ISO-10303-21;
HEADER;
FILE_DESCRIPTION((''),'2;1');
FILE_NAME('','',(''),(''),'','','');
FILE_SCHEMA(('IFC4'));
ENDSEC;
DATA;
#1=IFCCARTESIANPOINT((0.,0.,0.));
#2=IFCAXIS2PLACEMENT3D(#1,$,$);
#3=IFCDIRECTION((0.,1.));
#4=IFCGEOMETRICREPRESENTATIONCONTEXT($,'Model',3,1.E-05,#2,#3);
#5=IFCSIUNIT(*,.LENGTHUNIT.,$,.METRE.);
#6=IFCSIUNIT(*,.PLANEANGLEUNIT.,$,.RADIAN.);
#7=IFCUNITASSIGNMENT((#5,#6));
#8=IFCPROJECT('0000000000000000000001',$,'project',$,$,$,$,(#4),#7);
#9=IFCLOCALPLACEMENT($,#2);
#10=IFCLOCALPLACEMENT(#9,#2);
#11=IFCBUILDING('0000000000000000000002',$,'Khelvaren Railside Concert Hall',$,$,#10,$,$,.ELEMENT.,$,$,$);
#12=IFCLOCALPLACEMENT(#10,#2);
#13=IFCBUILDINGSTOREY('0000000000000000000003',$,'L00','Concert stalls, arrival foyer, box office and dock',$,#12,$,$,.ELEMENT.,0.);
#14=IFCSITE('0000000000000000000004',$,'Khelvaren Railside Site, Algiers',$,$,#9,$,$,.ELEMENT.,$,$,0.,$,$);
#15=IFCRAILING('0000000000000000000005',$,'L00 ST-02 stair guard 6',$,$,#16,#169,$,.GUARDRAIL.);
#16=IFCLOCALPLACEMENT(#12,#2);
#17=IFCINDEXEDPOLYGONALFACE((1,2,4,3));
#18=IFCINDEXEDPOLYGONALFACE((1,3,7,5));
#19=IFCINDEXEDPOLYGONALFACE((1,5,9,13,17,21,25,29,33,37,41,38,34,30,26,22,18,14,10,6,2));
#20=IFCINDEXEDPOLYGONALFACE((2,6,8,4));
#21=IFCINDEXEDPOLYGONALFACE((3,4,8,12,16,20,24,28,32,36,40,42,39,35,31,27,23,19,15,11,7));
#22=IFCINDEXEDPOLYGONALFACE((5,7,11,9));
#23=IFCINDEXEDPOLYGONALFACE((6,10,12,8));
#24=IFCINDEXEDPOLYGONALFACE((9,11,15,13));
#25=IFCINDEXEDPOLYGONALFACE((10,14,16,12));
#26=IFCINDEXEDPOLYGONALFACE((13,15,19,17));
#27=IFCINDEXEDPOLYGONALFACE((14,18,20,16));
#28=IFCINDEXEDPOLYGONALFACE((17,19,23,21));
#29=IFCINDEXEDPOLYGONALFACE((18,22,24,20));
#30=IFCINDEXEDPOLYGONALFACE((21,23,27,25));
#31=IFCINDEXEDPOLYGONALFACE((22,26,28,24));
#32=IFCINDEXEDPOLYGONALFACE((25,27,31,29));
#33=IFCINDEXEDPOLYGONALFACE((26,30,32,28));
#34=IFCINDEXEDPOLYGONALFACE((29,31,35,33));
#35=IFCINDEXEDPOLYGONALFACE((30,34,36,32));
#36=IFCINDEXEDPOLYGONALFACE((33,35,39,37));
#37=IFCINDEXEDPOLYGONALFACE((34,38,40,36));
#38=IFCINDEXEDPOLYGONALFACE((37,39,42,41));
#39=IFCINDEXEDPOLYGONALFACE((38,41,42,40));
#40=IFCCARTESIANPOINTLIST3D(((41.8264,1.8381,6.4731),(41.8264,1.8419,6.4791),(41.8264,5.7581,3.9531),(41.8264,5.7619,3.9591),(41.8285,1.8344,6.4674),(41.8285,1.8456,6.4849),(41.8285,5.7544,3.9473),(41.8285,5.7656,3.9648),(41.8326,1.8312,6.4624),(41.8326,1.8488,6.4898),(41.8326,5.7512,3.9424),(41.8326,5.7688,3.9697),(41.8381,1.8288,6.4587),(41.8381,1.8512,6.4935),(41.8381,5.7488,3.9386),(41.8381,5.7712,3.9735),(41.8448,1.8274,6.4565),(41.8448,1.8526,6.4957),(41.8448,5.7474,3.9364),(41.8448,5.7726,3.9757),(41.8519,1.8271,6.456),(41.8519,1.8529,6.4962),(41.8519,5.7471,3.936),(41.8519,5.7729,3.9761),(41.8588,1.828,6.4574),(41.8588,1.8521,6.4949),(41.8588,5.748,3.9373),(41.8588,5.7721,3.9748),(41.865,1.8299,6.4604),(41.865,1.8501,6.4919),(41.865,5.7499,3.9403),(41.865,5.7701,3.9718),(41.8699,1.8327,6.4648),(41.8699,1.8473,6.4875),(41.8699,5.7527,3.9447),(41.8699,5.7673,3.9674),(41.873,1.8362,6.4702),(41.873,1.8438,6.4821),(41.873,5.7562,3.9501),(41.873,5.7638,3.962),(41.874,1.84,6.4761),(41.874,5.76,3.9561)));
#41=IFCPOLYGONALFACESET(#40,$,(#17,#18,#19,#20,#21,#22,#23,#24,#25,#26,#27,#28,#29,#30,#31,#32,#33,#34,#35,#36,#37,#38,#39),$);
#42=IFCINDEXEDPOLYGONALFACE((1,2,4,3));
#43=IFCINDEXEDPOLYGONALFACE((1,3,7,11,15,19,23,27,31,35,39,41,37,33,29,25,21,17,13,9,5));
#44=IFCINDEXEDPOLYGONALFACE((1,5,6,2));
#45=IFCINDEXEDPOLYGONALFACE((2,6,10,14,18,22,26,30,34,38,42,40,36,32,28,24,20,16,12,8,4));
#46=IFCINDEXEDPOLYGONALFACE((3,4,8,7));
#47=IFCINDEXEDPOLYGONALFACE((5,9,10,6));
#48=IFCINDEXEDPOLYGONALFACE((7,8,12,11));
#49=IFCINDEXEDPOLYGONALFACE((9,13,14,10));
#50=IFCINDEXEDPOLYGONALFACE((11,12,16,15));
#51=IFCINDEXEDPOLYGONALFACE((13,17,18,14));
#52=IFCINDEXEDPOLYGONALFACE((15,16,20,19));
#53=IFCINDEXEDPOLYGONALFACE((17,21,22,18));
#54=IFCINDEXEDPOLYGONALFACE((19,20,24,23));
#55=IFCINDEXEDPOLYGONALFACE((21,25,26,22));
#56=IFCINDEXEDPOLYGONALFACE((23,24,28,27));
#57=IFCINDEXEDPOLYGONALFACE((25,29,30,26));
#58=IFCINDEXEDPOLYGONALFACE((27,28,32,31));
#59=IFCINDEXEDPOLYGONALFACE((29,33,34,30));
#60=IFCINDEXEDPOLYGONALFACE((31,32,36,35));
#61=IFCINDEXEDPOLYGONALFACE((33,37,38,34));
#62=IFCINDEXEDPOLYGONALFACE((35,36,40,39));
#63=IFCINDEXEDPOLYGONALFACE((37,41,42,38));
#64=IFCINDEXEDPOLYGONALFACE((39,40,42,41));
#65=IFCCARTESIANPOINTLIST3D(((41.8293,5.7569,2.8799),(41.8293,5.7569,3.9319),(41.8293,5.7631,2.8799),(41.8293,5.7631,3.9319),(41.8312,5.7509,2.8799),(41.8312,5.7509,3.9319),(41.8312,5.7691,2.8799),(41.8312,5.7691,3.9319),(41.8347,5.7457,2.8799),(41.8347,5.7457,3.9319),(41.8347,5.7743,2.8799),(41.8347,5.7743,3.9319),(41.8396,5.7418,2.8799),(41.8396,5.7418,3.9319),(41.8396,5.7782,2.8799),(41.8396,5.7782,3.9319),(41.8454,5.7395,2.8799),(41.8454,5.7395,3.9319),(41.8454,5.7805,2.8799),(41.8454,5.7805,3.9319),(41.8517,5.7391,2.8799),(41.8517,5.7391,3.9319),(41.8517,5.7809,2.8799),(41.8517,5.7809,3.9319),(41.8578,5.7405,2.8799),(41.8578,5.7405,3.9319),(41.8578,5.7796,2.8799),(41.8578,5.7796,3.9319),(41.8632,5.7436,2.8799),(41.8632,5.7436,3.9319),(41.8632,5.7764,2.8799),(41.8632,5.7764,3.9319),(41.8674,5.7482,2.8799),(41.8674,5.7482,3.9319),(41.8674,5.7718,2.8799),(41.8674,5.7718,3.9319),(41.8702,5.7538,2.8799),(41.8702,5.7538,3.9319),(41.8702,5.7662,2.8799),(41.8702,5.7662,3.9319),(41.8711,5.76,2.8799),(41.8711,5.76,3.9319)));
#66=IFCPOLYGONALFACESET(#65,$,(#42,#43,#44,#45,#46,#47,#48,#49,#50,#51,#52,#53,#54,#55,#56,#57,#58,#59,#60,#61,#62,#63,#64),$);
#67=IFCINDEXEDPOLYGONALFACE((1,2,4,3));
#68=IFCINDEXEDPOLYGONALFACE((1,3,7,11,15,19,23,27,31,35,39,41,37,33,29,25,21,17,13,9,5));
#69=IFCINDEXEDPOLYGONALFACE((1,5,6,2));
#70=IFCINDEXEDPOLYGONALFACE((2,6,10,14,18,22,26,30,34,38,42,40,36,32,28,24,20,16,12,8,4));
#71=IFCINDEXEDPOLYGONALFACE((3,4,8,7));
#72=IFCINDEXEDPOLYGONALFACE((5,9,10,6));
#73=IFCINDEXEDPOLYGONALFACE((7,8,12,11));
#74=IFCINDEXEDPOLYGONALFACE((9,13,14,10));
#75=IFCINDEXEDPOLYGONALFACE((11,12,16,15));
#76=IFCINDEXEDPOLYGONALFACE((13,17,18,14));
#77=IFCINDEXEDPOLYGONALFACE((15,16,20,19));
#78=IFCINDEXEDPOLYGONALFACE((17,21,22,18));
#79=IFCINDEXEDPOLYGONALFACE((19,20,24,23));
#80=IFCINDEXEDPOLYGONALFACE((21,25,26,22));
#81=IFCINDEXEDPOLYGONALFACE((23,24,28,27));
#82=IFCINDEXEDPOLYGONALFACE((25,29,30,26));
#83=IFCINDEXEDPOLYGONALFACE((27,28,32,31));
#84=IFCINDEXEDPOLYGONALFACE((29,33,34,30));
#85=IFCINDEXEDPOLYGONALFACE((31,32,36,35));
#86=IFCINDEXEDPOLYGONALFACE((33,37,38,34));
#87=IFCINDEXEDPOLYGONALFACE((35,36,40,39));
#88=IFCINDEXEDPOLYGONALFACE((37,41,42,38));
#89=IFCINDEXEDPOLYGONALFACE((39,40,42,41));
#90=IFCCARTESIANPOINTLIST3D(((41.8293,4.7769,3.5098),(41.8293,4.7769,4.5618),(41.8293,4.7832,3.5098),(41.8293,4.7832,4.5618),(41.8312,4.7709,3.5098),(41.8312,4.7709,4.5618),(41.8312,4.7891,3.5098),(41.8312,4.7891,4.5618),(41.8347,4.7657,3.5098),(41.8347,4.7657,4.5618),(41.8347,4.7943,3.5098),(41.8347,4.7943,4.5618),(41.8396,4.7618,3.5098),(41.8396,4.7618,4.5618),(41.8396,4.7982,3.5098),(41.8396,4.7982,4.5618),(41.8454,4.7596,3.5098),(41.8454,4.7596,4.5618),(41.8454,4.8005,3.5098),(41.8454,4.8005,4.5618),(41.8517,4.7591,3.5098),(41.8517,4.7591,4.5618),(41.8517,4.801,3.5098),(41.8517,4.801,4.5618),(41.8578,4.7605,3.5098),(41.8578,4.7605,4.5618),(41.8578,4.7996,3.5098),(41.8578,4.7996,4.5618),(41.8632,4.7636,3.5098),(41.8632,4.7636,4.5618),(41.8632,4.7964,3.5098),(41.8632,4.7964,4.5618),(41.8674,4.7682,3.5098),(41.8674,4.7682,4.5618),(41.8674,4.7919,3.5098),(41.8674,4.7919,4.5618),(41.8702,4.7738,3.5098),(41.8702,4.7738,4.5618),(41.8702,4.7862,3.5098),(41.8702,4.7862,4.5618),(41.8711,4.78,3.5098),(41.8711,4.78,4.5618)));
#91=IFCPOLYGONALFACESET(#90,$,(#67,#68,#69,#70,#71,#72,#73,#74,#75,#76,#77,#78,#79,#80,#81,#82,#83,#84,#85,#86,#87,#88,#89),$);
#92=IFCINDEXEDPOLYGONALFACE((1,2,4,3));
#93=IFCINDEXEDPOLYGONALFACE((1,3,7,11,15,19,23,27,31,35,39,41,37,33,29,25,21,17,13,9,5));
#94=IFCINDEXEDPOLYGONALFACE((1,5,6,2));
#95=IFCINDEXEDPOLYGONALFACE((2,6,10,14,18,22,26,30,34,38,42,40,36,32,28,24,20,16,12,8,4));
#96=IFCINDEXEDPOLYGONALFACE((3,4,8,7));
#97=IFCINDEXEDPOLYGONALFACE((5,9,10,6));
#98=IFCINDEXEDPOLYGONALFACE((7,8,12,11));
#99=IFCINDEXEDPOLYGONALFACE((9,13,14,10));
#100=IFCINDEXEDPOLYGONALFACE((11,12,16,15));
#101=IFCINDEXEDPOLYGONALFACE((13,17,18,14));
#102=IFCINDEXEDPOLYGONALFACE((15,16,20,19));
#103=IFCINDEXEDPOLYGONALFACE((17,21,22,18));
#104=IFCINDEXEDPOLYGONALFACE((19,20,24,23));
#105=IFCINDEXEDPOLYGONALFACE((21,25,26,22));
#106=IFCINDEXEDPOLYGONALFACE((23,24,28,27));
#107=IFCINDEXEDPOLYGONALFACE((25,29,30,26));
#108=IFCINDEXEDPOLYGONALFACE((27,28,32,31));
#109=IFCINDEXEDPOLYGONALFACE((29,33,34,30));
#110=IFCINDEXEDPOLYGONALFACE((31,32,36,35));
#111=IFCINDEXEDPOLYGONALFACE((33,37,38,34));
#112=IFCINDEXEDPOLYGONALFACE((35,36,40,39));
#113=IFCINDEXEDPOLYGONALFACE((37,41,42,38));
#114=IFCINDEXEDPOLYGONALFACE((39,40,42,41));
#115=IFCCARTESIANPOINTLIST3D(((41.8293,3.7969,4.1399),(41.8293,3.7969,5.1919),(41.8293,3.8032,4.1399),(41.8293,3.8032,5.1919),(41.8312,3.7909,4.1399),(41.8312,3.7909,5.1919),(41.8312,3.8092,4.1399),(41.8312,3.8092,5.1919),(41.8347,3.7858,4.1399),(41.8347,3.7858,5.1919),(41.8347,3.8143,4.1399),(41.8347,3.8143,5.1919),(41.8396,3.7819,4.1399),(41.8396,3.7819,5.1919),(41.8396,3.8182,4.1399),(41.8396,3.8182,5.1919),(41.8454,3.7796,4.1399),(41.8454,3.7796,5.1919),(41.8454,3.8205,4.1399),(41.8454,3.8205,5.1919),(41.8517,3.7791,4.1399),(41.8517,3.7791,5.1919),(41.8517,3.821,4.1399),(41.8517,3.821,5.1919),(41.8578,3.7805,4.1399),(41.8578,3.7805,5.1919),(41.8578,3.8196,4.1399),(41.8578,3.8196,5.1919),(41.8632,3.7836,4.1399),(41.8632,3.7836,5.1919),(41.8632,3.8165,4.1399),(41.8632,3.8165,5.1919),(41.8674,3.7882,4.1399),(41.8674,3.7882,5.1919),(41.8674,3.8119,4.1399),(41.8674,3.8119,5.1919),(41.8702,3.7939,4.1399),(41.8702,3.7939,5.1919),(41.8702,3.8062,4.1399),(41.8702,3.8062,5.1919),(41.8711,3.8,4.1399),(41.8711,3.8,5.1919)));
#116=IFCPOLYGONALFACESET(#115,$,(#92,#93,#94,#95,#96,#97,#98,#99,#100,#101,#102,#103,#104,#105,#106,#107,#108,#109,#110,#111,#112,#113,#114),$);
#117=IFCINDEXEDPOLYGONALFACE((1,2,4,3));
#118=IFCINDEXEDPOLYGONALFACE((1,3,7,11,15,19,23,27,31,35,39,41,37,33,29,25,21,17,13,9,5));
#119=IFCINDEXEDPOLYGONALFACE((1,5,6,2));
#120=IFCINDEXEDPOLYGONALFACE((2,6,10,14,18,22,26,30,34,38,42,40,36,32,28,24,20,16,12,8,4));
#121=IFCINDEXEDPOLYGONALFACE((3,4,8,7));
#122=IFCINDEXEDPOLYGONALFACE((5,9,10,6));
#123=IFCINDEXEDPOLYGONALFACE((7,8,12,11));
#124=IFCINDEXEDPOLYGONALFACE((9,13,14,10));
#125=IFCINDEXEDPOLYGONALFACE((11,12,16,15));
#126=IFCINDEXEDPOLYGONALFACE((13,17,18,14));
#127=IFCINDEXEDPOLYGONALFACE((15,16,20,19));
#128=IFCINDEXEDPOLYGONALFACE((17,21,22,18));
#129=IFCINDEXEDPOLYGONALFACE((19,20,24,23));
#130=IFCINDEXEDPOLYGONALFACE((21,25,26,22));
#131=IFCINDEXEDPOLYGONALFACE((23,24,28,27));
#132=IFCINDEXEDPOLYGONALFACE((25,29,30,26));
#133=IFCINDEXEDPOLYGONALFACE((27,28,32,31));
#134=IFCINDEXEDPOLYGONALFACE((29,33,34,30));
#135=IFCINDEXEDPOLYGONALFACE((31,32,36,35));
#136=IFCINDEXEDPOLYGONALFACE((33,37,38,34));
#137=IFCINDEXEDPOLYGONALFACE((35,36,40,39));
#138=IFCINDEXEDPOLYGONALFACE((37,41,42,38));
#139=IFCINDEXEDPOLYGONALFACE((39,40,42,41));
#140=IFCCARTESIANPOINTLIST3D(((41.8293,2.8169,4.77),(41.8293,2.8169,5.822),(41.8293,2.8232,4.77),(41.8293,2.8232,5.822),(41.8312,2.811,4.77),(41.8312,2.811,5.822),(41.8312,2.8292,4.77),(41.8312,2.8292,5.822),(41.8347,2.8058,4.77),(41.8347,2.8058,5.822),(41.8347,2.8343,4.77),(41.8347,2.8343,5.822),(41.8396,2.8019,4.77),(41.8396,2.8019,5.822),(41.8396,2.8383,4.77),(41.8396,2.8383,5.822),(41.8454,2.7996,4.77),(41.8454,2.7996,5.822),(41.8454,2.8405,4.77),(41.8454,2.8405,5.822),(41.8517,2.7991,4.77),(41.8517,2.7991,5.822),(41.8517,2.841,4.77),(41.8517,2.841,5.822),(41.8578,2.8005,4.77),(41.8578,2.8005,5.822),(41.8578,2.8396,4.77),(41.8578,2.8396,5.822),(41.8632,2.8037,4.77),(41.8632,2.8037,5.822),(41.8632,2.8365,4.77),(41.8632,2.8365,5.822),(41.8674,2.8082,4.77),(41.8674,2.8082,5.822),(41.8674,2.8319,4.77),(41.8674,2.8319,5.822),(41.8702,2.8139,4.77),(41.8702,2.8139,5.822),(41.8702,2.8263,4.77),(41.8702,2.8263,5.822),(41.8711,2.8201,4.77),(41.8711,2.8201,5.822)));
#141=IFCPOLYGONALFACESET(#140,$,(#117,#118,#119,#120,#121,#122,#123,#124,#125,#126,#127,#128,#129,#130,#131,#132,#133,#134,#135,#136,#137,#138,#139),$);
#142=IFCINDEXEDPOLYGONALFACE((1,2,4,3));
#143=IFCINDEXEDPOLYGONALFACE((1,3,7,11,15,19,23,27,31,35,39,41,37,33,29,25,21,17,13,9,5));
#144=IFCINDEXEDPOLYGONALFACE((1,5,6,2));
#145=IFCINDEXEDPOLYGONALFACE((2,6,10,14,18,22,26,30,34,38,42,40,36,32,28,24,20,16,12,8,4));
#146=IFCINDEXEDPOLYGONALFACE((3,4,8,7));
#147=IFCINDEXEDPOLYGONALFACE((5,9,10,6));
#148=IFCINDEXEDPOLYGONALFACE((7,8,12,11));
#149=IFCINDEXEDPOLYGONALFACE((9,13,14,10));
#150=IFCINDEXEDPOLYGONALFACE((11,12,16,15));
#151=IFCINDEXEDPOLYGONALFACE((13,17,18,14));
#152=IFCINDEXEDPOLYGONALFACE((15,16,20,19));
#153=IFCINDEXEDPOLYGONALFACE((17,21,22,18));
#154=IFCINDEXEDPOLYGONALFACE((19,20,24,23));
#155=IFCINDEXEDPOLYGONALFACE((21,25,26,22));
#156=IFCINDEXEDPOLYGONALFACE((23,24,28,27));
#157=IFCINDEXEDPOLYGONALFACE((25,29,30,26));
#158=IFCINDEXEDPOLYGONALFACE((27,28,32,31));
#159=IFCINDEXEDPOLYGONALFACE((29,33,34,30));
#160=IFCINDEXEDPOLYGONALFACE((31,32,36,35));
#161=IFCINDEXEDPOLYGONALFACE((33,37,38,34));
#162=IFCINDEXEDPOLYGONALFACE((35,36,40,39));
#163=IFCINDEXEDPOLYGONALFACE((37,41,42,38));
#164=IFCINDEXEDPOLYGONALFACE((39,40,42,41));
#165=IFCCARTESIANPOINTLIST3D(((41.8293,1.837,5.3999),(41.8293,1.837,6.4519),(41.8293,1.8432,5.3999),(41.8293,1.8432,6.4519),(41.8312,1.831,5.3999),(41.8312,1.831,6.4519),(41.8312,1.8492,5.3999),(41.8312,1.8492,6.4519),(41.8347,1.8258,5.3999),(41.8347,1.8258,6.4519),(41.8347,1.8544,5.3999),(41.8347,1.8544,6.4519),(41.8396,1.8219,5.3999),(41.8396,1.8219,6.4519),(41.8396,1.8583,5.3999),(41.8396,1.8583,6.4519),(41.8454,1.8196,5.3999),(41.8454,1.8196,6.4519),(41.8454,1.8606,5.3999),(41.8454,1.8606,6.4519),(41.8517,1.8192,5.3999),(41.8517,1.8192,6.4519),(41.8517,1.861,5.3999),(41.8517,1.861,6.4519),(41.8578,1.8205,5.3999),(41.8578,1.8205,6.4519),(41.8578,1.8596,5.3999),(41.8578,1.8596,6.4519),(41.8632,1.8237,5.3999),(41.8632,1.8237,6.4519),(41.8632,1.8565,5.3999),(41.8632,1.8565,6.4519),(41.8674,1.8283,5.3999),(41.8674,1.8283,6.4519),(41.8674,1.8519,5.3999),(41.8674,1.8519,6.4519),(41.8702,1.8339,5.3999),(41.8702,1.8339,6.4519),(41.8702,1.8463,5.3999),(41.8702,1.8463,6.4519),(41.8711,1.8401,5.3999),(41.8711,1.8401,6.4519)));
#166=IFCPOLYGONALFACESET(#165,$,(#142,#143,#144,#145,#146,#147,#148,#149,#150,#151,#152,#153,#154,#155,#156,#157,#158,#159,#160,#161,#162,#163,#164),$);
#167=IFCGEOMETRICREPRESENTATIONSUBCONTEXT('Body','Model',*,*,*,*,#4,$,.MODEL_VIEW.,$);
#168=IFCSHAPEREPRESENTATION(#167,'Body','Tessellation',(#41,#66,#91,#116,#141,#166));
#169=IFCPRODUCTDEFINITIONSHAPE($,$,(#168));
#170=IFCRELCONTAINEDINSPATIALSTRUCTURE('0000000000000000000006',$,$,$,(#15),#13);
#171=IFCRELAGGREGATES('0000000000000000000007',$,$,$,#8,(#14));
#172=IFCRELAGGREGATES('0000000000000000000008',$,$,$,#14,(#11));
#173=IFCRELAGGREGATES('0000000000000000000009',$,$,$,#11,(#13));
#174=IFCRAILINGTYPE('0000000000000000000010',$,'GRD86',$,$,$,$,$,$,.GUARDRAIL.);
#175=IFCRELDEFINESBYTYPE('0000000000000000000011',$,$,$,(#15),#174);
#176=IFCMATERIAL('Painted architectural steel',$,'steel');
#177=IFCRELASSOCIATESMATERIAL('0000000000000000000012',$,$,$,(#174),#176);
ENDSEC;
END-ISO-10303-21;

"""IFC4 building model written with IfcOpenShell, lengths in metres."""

from ifc_helpers import new_model, si_unit, direction, frame, origin, origin_2d, place, context, subcontext, project, spatial, circle, extrude, material, type_object, element, save


model = new_model("IFC4")

# Units and contexts
model_context = context("Model", 3, precision=1e-05, world=origin(), true_north=direction((0.0, 1.0)))
body_context = subcontext(model_context, "Body", "Model", "MODEL_VIEW")
ifc_project = project(units=[si_unit("LENGTHUNIT", "METRE"), si_unit("PLANEANGLEUNIT", "RADIAN")], contexts=[model_context])

# Site, building, storey
site_placement = place(None, origin())
site = spatial("IfcSite", under=ifc_project, at=site_placement, Name="Khelvaren Railside Site, Algiers", CompositionType="ELEMENT", RefElevation=0.0)
building_placement = place(site_placement, origin())
building = spatial("IfcBuilding", under=site, at=building_placement, Name="Khelvaren Railside Concert Hall", CompositionType="ELEMENT")
storey_placement = place(building_placement, origin())
storey = spatial("IfcBuildingStorey", under=building, at=storey_placement, Name="L00", Description="Concert stalls, arrival foyer, box office and dock", CompositionType="ELEMENT", Elevation=0.0)

# Railing
ifc_material_1 = material(Name="Painted architectural steel", Category="steel")
railing_type_1 = type_object("IfcRailingType", Name="GRD86", PredefinedType="GUARDRAIL", material=ifc_material_1)
railing_1_placement = place(storey_placement, frame((41.8501, 5.76, 2.8799)))
element("IfcRailing", 1, at=railing_1_placement, inside=storey, type_object=railing_type_1, Name="L00 ST-02 stair guard 6", PredefinedType="GUARDRAIL", context=body_context, shape_type="SweptSolid", body=[
    extrude(circle(Radius=0.0239, at=origin_2d()), frame((0.0, 0.0, 1.0762), z_axis=(0.0, -0.841172, 0.540768), x_axis=(1.0, 0.0, 0.0)), (0.0, 0.0, 1.0), 4.6602),
    extrude(circle(Radius=0.021, at=origin_2d()), origin(), (0.0, 0.0, 1.0), 1.052),
    extrude(circle(Radius=0.021, at=origin_2d()), frame((0.0, -0.98, 0.6299)), (0.0, 0.0, 1.0), 1.052),
    extrude(circle(Radius=0.021, at=origin_2d()), frame((0.0, -1.96, 1.26)), (0.0, 0.0, 1.0), 1.052),
    extrude(circle(Radius=0.021, at=origin_2d()), frame((0.0, -2.9399, 1.8901)), (0.0, 0.0, 1.0), 1.052),
    extrude(circle(Radius=0.021, at=origin_2d()), frame((0.0, -3.9199, 2.52)), (0.0, 0.0, 1.0), 1.052),
])

save(model, "model.ifc")
